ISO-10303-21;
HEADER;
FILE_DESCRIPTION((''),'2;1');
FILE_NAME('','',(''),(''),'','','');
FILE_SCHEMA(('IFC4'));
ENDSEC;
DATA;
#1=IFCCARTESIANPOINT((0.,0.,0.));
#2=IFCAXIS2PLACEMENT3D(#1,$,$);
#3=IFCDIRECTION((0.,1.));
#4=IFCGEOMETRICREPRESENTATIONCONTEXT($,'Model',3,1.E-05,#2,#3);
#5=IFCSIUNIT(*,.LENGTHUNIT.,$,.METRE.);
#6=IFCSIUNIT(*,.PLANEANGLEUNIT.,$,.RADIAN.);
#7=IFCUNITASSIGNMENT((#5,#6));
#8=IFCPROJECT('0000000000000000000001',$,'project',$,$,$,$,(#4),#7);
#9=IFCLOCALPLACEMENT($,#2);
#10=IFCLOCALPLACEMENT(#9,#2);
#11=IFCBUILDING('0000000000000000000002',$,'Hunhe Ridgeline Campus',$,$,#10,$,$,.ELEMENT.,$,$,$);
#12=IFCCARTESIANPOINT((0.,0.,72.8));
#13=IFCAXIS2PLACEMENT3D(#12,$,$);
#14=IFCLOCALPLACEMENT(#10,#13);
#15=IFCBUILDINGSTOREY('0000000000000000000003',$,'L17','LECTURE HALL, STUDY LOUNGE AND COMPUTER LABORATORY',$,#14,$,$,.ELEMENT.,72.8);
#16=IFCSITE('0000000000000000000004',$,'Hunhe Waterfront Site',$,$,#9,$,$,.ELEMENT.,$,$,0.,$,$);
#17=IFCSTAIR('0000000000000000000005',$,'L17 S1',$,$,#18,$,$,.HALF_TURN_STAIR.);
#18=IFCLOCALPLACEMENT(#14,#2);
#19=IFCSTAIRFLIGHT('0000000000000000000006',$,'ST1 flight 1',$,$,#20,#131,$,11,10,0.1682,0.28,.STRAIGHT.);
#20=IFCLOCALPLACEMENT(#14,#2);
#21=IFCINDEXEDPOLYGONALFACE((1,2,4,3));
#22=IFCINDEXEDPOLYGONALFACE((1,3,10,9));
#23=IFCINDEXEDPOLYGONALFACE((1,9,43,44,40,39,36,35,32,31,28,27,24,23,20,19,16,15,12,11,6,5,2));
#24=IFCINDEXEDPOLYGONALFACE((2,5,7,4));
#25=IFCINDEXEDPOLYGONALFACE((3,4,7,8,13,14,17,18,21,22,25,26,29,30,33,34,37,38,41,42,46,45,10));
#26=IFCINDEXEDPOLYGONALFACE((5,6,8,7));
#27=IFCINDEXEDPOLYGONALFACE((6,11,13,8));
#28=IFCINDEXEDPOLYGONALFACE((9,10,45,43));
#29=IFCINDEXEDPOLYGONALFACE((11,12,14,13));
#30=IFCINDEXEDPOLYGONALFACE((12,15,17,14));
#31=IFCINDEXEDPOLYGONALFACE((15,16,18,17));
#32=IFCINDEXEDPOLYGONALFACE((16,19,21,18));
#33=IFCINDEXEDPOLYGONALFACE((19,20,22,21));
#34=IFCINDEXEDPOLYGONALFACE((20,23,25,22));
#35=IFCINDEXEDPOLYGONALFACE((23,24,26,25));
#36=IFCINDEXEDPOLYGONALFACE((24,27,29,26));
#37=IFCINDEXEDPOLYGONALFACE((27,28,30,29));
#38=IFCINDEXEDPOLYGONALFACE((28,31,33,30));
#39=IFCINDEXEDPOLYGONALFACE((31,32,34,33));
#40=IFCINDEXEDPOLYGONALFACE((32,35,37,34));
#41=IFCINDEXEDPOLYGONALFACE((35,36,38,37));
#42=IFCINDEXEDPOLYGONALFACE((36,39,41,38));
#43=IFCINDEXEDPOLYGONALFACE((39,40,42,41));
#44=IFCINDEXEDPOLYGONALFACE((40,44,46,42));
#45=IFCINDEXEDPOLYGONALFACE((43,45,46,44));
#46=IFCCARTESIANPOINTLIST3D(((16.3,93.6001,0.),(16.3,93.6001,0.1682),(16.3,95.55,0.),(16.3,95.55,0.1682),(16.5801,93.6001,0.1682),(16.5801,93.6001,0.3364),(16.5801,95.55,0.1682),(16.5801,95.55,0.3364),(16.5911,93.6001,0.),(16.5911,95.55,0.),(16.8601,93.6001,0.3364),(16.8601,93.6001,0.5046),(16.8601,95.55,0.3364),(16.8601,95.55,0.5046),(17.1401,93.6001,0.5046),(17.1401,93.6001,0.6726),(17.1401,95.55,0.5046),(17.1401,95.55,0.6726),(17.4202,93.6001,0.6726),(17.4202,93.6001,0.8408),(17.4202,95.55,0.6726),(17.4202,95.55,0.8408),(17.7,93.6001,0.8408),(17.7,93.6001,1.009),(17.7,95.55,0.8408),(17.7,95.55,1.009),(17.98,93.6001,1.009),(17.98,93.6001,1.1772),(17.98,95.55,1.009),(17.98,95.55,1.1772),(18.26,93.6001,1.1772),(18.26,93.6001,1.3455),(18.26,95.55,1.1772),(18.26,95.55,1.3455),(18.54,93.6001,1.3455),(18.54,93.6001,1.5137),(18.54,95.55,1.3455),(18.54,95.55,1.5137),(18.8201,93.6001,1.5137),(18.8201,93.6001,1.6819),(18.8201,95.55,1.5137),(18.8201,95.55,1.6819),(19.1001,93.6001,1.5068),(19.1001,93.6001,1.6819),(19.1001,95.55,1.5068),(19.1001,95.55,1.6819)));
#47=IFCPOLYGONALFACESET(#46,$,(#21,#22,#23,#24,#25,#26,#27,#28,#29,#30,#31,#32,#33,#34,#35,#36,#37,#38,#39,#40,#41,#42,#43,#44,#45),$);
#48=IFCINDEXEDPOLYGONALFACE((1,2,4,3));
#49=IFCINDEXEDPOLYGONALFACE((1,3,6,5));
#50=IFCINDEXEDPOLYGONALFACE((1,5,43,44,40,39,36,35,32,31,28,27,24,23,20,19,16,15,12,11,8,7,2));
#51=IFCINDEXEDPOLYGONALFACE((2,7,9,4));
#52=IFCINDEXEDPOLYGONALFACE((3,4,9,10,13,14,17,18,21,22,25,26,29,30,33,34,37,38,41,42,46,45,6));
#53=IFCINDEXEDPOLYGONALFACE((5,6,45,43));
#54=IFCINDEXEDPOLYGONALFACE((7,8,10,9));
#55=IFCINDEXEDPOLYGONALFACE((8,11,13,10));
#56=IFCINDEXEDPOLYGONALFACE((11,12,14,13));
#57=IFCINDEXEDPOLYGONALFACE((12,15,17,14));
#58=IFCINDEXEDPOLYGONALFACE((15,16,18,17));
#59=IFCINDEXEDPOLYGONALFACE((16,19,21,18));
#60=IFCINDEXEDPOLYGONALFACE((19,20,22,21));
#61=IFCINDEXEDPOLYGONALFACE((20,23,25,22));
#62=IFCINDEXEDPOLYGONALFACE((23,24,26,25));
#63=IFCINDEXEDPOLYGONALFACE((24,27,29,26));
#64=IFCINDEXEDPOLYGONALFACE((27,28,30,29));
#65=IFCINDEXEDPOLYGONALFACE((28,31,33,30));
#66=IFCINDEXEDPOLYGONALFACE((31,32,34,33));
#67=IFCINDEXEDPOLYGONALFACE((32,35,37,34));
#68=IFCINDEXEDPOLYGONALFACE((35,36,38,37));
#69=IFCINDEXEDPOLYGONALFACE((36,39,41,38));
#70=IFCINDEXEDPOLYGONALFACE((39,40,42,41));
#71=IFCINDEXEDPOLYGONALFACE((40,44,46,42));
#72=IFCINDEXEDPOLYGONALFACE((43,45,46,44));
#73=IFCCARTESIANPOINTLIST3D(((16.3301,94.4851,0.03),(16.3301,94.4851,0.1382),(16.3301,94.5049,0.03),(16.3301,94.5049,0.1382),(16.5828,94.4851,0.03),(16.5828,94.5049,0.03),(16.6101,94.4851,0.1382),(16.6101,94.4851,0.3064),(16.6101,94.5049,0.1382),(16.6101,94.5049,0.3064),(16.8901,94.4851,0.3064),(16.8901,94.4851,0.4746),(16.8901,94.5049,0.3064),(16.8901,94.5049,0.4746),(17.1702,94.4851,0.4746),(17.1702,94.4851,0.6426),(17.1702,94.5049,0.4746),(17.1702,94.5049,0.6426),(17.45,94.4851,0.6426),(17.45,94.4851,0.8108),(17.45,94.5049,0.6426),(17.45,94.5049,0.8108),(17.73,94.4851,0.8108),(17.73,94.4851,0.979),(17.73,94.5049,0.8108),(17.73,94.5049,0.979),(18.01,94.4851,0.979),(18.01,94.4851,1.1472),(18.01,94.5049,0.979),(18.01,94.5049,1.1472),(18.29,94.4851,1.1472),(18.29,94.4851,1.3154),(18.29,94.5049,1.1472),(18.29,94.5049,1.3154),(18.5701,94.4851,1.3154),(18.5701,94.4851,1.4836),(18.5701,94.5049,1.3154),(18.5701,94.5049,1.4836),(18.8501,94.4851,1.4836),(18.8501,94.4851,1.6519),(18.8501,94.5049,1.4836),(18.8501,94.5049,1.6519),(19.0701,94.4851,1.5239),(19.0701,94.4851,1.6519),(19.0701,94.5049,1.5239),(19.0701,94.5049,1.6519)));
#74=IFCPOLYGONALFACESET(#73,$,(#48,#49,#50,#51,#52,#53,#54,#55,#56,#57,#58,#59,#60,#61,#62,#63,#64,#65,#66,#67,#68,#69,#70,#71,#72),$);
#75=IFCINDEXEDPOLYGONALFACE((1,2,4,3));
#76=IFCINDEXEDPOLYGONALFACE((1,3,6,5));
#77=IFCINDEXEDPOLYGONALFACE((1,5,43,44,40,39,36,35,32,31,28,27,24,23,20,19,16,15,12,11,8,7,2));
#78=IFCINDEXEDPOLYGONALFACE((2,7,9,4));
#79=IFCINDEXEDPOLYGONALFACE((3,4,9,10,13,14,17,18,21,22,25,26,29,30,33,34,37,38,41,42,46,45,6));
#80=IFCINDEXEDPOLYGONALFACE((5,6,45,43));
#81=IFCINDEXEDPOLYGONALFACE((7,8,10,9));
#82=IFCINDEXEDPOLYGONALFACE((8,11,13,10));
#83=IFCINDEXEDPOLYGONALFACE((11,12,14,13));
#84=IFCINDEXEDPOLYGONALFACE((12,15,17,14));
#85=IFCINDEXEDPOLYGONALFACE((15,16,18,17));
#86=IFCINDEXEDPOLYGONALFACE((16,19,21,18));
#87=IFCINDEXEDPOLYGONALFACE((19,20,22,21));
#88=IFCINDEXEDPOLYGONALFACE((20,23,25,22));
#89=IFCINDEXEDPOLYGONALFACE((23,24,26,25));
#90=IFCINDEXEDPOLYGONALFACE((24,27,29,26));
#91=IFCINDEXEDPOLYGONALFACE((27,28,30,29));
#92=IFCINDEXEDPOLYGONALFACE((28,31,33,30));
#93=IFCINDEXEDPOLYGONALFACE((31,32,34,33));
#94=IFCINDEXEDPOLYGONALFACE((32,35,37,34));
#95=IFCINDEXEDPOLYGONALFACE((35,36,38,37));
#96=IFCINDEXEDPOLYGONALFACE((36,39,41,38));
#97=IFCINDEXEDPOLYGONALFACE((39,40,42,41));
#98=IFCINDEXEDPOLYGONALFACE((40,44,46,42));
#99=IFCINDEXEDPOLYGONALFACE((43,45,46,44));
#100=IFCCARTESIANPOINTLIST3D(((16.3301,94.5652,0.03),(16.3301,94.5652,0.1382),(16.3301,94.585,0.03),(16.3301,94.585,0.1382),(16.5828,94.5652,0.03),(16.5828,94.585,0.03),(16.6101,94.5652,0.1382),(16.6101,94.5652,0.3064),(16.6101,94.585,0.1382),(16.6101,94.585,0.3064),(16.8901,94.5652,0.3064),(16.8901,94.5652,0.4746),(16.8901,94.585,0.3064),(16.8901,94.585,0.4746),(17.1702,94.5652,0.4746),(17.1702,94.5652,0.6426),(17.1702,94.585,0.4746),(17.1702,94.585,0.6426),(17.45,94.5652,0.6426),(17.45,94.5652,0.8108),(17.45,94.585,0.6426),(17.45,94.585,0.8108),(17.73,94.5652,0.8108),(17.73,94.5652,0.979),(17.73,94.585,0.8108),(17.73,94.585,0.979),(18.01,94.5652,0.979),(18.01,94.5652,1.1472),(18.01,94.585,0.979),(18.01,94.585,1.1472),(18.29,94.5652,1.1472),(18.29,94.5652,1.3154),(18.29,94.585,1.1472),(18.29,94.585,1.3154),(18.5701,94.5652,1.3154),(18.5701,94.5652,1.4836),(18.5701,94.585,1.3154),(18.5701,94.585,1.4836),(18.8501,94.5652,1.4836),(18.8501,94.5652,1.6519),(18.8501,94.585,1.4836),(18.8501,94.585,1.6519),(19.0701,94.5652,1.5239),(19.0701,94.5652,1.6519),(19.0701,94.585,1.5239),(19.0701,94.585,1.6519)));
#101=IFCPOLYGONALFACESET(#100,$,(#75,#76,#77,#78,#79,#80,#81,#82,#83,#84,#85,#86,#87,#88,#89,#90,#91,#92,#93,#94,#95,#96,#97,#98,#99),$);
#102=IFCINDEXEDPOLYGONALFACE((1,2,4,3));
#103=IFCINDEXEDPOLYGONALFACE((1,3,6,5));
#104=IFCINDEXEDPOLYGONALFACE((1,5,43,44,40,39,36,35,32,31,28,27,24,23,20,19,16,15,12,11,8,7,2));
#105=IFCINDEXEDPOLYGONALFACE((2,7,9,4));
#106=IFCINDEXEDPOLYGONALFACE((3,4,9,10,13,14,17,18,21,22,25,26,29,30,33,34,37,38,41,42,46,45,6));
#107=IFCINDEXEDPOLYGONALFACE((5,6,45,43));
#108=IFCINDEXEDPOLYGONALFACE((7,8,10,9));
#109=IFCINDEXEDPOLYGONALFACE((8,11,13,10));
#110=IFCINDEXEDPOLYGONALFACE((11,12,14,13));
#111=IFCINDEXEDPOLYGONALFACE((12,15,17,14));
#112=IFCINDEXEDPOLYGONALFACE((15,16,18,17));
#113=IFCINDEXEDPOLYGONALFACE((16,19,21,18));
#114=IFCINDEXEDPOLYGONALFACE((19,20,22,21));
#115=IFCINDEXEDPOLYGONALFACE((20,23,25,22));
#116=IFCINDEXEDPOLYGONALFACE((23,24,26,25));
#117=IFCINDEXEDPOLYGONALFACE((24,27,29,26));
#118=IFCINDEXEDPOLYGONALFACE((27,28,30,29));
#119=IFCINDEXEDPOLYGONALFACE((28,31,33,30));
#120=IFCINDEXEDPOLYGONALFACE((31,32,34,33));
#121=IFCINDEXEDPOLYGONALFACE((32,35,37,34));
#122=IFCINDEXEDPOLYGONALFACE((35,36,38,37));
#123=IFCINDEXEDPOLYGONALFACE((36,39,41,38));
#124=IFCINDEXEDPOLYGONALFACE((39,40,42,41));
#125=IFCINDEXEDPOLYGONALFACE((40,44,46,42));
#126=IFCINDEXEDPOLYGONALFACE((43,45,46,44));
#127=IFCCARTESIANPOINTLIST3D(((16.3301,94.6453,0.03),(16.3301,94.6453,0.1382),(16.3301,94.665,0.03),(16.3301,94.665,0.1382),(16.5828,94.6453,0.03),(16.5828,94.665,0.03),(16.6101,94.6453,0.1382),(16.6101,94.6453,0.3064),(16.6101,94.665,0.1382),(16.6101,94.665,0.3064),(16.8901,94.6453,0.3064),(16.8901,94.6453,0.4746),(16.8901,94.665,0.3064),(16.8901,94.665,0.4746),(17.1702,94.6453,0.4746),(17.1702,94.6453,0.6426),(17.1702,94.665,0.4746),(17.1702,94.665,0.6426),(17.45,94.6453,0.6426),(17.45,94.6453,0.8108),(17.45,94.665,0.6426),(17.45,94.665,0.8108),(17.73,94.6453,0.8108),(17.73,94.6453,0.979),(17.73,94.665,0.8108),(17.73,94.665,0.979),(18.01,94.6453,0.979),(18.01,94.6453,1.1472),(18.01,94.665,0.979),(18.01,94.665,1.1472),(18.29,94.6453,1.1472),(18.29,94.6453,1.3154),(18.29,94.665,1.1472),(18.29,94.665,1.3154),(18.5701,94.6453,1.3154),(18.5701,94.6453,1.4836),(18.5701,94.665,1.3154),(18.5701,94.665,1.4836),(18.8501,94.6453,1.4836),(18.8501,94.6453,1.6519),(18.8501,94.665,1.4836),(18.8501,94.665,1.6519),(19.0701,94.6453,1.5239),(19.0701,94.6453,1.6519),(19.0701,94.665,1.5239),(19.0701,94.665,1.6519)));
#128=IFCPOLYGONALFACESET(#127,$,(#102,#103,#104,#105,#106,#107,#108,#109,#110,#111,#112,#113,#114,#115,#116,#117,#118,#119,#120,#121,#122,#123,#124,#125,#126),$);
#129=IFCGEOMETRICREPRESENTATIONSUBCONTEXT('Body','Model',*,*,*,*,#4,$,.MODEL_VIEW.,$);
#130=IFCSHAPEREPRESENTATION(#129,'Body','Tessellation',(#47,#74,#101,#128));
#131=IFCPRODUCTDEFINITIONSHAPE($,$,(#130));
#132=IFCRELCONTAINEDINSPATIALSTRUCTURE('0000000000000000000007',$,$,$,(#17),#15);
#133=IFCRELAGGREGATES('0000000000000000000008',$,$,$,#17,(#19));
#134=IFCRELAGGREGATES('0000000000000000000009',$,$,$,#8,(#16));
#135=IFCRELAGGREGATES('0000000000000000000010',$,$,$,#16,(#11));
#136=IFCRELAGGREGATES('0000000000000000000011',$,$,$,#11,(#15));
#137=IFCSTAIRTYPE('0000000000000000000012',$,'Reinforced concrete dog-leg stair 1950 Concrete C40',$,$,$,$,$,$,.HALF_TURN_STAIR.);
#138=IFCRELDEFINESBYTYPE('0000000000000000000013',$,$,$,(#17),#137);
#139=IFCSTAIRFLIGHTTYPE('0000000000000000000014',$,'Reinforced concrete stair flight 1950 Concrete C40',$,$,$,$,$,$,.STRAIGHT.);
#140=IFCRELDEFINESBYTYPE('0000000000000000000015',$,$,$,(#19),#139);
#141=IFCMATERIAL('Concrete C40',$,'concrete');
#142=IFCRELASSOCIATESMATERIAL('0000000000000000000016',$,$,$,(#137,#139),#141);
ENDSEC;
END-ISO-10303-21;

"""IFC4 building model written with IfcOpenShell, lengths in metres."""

from ifc_helpers import new_model, si_unit, direction, frame, origin, place, context, subcontext, project, spatial, polyline, outline, extrude, material, type_object, element, aggregate, save


model = new_model("IFC4")

# Units and contexts
model_context = context("Model", 3, precision=1e-05, world=origin(), true_north=direction((0.0, 1.0)))
body_context = subcontext(model_context, "Body", "Model", "MODEL_VIEW")
ifc_project = project(units=[si_unit("LENGTHUNIT", "METRE"), si_unit("PLANEANGLEUNIT", "RADIAN")], contexts=[model_context])

# Site, building, storey
site_placement = place(None, origin())
site = spatial("IfcSite", under=ifc_project, at=site_placement, Name="Hunhe Waterfront Site", CompositionType="ELEMENT", RefElevation=0.0)
building_placement = place(site_placement, origin())
building = spatial("IfcBuilding", under=site, at=building_placement, Name="Hunhe Ridgeline Campus", CompositionType="ELEMENT")
storey_placement = place(building_placement, frame((0.0, 0.0, 72.8)))
storey = spatial("IfcBuildingStorey", under=building, at=storey_placement, Name="L17", Description="LECTURE HALL, STUDY LOUNGE AND COMPUTER LABORATORY", CompositionType="ELEMENT", Elevation=72.8)

# Stair, stair flight
ifc_material_1 = material(Name="Concrete C40", Category="concrete")
stair_type = type_object("IfcStairType", Name="Reinforced concrete dog-leg stair 1950 Concrete C40", PredefinedType="HALF_TURN_STAIR", material=ifc_material_1)
stair_placement = place(storey_placement, origin())
stair = element("IfcStair", 1, at=stair_placement, inside=storey, type_object=stair_type, Name="L17 S1", PredefinedType="HALF_TURN_STAIR")
stair_flight_type = type_object("IfcStairFlightType", Name="Reinforced concrete stair flight 1950 Concrete C40", PredefinedType="STRAIGHT", material=ifc_material_1)
stair_flight_1_placement = place(storey_placement, frame((16.3, 94.575, 0.0), z_axis=(0.0, 0.0, 1.0), x_axis=(1.0, 0.0, 0.0)))
stair_flight_1 = element("IfcStairFlight", 2, at=stair_flight_1_placement, type_object=stair_flight_type, Name="ST1 flight 1", NumberOfRisers=11, NumberOfTreads=10, PredefinedType="STRAIGHT", RiserHeight=0.1682, TreadLength=0.28, context=body_context, shape_type="SweptSolid", body=[
    extrude(outline(polyline([(0.0, 0.0), (0.0, 0.1682), (0.28, 0.1682), (0.28, 0.3364), (0.5601, 0.3364), (0.5601, 0.5046), (0.8401, 0.5046), (0.8401, 0.6726), (1.1201, 0.6726), (1.1201, 0.8408), (1.3999, 0.8408), (1.3999, 1.009), (1.6799, 1.009), (1.6799, 1.1772), (1.96, 1.1772), (1.96, 1.3455), (2.24, 1.3455), (2.24, 1.5137), (2.52, 1.5137), (2.52, 1.6819), (2.8, 1.6819), (2.8, 1.8501), (2.8, 1.5068), (0.291, 0.0), (0.0, 0.0)])), frame((0.0, 0.9751, 0.0), z_axis=(0.0, -1.0, 0.0), x_axis=(1.0, 0.0, 0.0)), (0.0, 0.0, 1.0), 1.95),
    extrude(outline(polyline([(0.03, 0.03), (0.03, 0.1382), (0.3101, 0.1382), (0.3101, 0.3064), (0.5901, 0.3064), (0.5901, 0.4746), (0.8701, 0.4746), (0.8701, 0.6426), (1.1499, 0.6426), (1.1499, 0.8108), (1.4299, 0.8108), (1.4299, 0.979), (1.71, 0.979), (1.71, 1.1472), (1.99, 1.1472), (1.99, 1.3154), (2.27, 1.3154), (2.27, 1.4836), (2.55, 1.4836), (2.55, 1.6519), (2.77, 1.6519), (2.77, 1.5239), (0.2827, 0.03), (0.03, 0.03)])), frame((0.0, -0.0701, 0.0), z_axis=(0.0, -1.0, 0.0), x_axis=(1.0, 0.0, 0.0)), (0.0, 0.0, 1.0), 0.0198),
    extrude(outline(polyline([(0.03, 0.03), (0.03, 0.1382), (0.3101, 0.1382), (0.3101, 0.3064), (0.5901, 0.3064), (0.5901, 0.4746), (0.8701, 0.4746), (0.8701, 0.6426), (1.1499, 0.6426), (1.1499, 0.8108), (1.4299, 0.8108), (1.4299, 0.979), (1.71, 0.979), (1.71, 1.1472), (1.99, 1.1472), (1.99, 1.3154), (2.27, 1.3154), (2.27, 1.4836), (2.55, 1.4836), (2.55, 1.6519), (2.77, 1.6519), (2.77, 1.5239), (0.2827, 0.03), (0.03, 0.03)])), frame((0.0, 0.01, 0.0), z_axis=(0.0, -1.0, 0.0), x_axis=(1.0, 0.0, 0.0)), (0.0, 0.0, 1.0), 0.0198),
    extrude(outline(polyline([(0.03, 0.03), (0.03, 0.1382), (0.3101, 0.1382), (0.3101, 0.3064), (0.5901, 0.3064), (0.5901, 0.4746), (0.8701, 0.4746), (0.8701, 0.6426), (1.1499, 0.6426), (1.1499, 0.8108), (1.4299, 0.8108), (1.4299, 0.979), (1.71, 0.979), (1.71, 1.1472), (1.99, 1.1472), (1.99, 1.3154), (2.27, 1.3154), (2.27, 1.4836), (2.55, 1.4836), (2.55, 1.6519), (2.77, 1.6519), (2.77, 1.5239), (0.2827, 0.03), (0.03, 0.03)])), frame((0.0, 0.0901, 0.0), z_axis=(0.0, -1.0, 0.0), x_axis=(1.0, 0.0, 0.0)), (0.0, 0.0, 1.0), 0.0198),
])
aggregate(stair, [stair_flight_1])

save(model, "model.ifc")
